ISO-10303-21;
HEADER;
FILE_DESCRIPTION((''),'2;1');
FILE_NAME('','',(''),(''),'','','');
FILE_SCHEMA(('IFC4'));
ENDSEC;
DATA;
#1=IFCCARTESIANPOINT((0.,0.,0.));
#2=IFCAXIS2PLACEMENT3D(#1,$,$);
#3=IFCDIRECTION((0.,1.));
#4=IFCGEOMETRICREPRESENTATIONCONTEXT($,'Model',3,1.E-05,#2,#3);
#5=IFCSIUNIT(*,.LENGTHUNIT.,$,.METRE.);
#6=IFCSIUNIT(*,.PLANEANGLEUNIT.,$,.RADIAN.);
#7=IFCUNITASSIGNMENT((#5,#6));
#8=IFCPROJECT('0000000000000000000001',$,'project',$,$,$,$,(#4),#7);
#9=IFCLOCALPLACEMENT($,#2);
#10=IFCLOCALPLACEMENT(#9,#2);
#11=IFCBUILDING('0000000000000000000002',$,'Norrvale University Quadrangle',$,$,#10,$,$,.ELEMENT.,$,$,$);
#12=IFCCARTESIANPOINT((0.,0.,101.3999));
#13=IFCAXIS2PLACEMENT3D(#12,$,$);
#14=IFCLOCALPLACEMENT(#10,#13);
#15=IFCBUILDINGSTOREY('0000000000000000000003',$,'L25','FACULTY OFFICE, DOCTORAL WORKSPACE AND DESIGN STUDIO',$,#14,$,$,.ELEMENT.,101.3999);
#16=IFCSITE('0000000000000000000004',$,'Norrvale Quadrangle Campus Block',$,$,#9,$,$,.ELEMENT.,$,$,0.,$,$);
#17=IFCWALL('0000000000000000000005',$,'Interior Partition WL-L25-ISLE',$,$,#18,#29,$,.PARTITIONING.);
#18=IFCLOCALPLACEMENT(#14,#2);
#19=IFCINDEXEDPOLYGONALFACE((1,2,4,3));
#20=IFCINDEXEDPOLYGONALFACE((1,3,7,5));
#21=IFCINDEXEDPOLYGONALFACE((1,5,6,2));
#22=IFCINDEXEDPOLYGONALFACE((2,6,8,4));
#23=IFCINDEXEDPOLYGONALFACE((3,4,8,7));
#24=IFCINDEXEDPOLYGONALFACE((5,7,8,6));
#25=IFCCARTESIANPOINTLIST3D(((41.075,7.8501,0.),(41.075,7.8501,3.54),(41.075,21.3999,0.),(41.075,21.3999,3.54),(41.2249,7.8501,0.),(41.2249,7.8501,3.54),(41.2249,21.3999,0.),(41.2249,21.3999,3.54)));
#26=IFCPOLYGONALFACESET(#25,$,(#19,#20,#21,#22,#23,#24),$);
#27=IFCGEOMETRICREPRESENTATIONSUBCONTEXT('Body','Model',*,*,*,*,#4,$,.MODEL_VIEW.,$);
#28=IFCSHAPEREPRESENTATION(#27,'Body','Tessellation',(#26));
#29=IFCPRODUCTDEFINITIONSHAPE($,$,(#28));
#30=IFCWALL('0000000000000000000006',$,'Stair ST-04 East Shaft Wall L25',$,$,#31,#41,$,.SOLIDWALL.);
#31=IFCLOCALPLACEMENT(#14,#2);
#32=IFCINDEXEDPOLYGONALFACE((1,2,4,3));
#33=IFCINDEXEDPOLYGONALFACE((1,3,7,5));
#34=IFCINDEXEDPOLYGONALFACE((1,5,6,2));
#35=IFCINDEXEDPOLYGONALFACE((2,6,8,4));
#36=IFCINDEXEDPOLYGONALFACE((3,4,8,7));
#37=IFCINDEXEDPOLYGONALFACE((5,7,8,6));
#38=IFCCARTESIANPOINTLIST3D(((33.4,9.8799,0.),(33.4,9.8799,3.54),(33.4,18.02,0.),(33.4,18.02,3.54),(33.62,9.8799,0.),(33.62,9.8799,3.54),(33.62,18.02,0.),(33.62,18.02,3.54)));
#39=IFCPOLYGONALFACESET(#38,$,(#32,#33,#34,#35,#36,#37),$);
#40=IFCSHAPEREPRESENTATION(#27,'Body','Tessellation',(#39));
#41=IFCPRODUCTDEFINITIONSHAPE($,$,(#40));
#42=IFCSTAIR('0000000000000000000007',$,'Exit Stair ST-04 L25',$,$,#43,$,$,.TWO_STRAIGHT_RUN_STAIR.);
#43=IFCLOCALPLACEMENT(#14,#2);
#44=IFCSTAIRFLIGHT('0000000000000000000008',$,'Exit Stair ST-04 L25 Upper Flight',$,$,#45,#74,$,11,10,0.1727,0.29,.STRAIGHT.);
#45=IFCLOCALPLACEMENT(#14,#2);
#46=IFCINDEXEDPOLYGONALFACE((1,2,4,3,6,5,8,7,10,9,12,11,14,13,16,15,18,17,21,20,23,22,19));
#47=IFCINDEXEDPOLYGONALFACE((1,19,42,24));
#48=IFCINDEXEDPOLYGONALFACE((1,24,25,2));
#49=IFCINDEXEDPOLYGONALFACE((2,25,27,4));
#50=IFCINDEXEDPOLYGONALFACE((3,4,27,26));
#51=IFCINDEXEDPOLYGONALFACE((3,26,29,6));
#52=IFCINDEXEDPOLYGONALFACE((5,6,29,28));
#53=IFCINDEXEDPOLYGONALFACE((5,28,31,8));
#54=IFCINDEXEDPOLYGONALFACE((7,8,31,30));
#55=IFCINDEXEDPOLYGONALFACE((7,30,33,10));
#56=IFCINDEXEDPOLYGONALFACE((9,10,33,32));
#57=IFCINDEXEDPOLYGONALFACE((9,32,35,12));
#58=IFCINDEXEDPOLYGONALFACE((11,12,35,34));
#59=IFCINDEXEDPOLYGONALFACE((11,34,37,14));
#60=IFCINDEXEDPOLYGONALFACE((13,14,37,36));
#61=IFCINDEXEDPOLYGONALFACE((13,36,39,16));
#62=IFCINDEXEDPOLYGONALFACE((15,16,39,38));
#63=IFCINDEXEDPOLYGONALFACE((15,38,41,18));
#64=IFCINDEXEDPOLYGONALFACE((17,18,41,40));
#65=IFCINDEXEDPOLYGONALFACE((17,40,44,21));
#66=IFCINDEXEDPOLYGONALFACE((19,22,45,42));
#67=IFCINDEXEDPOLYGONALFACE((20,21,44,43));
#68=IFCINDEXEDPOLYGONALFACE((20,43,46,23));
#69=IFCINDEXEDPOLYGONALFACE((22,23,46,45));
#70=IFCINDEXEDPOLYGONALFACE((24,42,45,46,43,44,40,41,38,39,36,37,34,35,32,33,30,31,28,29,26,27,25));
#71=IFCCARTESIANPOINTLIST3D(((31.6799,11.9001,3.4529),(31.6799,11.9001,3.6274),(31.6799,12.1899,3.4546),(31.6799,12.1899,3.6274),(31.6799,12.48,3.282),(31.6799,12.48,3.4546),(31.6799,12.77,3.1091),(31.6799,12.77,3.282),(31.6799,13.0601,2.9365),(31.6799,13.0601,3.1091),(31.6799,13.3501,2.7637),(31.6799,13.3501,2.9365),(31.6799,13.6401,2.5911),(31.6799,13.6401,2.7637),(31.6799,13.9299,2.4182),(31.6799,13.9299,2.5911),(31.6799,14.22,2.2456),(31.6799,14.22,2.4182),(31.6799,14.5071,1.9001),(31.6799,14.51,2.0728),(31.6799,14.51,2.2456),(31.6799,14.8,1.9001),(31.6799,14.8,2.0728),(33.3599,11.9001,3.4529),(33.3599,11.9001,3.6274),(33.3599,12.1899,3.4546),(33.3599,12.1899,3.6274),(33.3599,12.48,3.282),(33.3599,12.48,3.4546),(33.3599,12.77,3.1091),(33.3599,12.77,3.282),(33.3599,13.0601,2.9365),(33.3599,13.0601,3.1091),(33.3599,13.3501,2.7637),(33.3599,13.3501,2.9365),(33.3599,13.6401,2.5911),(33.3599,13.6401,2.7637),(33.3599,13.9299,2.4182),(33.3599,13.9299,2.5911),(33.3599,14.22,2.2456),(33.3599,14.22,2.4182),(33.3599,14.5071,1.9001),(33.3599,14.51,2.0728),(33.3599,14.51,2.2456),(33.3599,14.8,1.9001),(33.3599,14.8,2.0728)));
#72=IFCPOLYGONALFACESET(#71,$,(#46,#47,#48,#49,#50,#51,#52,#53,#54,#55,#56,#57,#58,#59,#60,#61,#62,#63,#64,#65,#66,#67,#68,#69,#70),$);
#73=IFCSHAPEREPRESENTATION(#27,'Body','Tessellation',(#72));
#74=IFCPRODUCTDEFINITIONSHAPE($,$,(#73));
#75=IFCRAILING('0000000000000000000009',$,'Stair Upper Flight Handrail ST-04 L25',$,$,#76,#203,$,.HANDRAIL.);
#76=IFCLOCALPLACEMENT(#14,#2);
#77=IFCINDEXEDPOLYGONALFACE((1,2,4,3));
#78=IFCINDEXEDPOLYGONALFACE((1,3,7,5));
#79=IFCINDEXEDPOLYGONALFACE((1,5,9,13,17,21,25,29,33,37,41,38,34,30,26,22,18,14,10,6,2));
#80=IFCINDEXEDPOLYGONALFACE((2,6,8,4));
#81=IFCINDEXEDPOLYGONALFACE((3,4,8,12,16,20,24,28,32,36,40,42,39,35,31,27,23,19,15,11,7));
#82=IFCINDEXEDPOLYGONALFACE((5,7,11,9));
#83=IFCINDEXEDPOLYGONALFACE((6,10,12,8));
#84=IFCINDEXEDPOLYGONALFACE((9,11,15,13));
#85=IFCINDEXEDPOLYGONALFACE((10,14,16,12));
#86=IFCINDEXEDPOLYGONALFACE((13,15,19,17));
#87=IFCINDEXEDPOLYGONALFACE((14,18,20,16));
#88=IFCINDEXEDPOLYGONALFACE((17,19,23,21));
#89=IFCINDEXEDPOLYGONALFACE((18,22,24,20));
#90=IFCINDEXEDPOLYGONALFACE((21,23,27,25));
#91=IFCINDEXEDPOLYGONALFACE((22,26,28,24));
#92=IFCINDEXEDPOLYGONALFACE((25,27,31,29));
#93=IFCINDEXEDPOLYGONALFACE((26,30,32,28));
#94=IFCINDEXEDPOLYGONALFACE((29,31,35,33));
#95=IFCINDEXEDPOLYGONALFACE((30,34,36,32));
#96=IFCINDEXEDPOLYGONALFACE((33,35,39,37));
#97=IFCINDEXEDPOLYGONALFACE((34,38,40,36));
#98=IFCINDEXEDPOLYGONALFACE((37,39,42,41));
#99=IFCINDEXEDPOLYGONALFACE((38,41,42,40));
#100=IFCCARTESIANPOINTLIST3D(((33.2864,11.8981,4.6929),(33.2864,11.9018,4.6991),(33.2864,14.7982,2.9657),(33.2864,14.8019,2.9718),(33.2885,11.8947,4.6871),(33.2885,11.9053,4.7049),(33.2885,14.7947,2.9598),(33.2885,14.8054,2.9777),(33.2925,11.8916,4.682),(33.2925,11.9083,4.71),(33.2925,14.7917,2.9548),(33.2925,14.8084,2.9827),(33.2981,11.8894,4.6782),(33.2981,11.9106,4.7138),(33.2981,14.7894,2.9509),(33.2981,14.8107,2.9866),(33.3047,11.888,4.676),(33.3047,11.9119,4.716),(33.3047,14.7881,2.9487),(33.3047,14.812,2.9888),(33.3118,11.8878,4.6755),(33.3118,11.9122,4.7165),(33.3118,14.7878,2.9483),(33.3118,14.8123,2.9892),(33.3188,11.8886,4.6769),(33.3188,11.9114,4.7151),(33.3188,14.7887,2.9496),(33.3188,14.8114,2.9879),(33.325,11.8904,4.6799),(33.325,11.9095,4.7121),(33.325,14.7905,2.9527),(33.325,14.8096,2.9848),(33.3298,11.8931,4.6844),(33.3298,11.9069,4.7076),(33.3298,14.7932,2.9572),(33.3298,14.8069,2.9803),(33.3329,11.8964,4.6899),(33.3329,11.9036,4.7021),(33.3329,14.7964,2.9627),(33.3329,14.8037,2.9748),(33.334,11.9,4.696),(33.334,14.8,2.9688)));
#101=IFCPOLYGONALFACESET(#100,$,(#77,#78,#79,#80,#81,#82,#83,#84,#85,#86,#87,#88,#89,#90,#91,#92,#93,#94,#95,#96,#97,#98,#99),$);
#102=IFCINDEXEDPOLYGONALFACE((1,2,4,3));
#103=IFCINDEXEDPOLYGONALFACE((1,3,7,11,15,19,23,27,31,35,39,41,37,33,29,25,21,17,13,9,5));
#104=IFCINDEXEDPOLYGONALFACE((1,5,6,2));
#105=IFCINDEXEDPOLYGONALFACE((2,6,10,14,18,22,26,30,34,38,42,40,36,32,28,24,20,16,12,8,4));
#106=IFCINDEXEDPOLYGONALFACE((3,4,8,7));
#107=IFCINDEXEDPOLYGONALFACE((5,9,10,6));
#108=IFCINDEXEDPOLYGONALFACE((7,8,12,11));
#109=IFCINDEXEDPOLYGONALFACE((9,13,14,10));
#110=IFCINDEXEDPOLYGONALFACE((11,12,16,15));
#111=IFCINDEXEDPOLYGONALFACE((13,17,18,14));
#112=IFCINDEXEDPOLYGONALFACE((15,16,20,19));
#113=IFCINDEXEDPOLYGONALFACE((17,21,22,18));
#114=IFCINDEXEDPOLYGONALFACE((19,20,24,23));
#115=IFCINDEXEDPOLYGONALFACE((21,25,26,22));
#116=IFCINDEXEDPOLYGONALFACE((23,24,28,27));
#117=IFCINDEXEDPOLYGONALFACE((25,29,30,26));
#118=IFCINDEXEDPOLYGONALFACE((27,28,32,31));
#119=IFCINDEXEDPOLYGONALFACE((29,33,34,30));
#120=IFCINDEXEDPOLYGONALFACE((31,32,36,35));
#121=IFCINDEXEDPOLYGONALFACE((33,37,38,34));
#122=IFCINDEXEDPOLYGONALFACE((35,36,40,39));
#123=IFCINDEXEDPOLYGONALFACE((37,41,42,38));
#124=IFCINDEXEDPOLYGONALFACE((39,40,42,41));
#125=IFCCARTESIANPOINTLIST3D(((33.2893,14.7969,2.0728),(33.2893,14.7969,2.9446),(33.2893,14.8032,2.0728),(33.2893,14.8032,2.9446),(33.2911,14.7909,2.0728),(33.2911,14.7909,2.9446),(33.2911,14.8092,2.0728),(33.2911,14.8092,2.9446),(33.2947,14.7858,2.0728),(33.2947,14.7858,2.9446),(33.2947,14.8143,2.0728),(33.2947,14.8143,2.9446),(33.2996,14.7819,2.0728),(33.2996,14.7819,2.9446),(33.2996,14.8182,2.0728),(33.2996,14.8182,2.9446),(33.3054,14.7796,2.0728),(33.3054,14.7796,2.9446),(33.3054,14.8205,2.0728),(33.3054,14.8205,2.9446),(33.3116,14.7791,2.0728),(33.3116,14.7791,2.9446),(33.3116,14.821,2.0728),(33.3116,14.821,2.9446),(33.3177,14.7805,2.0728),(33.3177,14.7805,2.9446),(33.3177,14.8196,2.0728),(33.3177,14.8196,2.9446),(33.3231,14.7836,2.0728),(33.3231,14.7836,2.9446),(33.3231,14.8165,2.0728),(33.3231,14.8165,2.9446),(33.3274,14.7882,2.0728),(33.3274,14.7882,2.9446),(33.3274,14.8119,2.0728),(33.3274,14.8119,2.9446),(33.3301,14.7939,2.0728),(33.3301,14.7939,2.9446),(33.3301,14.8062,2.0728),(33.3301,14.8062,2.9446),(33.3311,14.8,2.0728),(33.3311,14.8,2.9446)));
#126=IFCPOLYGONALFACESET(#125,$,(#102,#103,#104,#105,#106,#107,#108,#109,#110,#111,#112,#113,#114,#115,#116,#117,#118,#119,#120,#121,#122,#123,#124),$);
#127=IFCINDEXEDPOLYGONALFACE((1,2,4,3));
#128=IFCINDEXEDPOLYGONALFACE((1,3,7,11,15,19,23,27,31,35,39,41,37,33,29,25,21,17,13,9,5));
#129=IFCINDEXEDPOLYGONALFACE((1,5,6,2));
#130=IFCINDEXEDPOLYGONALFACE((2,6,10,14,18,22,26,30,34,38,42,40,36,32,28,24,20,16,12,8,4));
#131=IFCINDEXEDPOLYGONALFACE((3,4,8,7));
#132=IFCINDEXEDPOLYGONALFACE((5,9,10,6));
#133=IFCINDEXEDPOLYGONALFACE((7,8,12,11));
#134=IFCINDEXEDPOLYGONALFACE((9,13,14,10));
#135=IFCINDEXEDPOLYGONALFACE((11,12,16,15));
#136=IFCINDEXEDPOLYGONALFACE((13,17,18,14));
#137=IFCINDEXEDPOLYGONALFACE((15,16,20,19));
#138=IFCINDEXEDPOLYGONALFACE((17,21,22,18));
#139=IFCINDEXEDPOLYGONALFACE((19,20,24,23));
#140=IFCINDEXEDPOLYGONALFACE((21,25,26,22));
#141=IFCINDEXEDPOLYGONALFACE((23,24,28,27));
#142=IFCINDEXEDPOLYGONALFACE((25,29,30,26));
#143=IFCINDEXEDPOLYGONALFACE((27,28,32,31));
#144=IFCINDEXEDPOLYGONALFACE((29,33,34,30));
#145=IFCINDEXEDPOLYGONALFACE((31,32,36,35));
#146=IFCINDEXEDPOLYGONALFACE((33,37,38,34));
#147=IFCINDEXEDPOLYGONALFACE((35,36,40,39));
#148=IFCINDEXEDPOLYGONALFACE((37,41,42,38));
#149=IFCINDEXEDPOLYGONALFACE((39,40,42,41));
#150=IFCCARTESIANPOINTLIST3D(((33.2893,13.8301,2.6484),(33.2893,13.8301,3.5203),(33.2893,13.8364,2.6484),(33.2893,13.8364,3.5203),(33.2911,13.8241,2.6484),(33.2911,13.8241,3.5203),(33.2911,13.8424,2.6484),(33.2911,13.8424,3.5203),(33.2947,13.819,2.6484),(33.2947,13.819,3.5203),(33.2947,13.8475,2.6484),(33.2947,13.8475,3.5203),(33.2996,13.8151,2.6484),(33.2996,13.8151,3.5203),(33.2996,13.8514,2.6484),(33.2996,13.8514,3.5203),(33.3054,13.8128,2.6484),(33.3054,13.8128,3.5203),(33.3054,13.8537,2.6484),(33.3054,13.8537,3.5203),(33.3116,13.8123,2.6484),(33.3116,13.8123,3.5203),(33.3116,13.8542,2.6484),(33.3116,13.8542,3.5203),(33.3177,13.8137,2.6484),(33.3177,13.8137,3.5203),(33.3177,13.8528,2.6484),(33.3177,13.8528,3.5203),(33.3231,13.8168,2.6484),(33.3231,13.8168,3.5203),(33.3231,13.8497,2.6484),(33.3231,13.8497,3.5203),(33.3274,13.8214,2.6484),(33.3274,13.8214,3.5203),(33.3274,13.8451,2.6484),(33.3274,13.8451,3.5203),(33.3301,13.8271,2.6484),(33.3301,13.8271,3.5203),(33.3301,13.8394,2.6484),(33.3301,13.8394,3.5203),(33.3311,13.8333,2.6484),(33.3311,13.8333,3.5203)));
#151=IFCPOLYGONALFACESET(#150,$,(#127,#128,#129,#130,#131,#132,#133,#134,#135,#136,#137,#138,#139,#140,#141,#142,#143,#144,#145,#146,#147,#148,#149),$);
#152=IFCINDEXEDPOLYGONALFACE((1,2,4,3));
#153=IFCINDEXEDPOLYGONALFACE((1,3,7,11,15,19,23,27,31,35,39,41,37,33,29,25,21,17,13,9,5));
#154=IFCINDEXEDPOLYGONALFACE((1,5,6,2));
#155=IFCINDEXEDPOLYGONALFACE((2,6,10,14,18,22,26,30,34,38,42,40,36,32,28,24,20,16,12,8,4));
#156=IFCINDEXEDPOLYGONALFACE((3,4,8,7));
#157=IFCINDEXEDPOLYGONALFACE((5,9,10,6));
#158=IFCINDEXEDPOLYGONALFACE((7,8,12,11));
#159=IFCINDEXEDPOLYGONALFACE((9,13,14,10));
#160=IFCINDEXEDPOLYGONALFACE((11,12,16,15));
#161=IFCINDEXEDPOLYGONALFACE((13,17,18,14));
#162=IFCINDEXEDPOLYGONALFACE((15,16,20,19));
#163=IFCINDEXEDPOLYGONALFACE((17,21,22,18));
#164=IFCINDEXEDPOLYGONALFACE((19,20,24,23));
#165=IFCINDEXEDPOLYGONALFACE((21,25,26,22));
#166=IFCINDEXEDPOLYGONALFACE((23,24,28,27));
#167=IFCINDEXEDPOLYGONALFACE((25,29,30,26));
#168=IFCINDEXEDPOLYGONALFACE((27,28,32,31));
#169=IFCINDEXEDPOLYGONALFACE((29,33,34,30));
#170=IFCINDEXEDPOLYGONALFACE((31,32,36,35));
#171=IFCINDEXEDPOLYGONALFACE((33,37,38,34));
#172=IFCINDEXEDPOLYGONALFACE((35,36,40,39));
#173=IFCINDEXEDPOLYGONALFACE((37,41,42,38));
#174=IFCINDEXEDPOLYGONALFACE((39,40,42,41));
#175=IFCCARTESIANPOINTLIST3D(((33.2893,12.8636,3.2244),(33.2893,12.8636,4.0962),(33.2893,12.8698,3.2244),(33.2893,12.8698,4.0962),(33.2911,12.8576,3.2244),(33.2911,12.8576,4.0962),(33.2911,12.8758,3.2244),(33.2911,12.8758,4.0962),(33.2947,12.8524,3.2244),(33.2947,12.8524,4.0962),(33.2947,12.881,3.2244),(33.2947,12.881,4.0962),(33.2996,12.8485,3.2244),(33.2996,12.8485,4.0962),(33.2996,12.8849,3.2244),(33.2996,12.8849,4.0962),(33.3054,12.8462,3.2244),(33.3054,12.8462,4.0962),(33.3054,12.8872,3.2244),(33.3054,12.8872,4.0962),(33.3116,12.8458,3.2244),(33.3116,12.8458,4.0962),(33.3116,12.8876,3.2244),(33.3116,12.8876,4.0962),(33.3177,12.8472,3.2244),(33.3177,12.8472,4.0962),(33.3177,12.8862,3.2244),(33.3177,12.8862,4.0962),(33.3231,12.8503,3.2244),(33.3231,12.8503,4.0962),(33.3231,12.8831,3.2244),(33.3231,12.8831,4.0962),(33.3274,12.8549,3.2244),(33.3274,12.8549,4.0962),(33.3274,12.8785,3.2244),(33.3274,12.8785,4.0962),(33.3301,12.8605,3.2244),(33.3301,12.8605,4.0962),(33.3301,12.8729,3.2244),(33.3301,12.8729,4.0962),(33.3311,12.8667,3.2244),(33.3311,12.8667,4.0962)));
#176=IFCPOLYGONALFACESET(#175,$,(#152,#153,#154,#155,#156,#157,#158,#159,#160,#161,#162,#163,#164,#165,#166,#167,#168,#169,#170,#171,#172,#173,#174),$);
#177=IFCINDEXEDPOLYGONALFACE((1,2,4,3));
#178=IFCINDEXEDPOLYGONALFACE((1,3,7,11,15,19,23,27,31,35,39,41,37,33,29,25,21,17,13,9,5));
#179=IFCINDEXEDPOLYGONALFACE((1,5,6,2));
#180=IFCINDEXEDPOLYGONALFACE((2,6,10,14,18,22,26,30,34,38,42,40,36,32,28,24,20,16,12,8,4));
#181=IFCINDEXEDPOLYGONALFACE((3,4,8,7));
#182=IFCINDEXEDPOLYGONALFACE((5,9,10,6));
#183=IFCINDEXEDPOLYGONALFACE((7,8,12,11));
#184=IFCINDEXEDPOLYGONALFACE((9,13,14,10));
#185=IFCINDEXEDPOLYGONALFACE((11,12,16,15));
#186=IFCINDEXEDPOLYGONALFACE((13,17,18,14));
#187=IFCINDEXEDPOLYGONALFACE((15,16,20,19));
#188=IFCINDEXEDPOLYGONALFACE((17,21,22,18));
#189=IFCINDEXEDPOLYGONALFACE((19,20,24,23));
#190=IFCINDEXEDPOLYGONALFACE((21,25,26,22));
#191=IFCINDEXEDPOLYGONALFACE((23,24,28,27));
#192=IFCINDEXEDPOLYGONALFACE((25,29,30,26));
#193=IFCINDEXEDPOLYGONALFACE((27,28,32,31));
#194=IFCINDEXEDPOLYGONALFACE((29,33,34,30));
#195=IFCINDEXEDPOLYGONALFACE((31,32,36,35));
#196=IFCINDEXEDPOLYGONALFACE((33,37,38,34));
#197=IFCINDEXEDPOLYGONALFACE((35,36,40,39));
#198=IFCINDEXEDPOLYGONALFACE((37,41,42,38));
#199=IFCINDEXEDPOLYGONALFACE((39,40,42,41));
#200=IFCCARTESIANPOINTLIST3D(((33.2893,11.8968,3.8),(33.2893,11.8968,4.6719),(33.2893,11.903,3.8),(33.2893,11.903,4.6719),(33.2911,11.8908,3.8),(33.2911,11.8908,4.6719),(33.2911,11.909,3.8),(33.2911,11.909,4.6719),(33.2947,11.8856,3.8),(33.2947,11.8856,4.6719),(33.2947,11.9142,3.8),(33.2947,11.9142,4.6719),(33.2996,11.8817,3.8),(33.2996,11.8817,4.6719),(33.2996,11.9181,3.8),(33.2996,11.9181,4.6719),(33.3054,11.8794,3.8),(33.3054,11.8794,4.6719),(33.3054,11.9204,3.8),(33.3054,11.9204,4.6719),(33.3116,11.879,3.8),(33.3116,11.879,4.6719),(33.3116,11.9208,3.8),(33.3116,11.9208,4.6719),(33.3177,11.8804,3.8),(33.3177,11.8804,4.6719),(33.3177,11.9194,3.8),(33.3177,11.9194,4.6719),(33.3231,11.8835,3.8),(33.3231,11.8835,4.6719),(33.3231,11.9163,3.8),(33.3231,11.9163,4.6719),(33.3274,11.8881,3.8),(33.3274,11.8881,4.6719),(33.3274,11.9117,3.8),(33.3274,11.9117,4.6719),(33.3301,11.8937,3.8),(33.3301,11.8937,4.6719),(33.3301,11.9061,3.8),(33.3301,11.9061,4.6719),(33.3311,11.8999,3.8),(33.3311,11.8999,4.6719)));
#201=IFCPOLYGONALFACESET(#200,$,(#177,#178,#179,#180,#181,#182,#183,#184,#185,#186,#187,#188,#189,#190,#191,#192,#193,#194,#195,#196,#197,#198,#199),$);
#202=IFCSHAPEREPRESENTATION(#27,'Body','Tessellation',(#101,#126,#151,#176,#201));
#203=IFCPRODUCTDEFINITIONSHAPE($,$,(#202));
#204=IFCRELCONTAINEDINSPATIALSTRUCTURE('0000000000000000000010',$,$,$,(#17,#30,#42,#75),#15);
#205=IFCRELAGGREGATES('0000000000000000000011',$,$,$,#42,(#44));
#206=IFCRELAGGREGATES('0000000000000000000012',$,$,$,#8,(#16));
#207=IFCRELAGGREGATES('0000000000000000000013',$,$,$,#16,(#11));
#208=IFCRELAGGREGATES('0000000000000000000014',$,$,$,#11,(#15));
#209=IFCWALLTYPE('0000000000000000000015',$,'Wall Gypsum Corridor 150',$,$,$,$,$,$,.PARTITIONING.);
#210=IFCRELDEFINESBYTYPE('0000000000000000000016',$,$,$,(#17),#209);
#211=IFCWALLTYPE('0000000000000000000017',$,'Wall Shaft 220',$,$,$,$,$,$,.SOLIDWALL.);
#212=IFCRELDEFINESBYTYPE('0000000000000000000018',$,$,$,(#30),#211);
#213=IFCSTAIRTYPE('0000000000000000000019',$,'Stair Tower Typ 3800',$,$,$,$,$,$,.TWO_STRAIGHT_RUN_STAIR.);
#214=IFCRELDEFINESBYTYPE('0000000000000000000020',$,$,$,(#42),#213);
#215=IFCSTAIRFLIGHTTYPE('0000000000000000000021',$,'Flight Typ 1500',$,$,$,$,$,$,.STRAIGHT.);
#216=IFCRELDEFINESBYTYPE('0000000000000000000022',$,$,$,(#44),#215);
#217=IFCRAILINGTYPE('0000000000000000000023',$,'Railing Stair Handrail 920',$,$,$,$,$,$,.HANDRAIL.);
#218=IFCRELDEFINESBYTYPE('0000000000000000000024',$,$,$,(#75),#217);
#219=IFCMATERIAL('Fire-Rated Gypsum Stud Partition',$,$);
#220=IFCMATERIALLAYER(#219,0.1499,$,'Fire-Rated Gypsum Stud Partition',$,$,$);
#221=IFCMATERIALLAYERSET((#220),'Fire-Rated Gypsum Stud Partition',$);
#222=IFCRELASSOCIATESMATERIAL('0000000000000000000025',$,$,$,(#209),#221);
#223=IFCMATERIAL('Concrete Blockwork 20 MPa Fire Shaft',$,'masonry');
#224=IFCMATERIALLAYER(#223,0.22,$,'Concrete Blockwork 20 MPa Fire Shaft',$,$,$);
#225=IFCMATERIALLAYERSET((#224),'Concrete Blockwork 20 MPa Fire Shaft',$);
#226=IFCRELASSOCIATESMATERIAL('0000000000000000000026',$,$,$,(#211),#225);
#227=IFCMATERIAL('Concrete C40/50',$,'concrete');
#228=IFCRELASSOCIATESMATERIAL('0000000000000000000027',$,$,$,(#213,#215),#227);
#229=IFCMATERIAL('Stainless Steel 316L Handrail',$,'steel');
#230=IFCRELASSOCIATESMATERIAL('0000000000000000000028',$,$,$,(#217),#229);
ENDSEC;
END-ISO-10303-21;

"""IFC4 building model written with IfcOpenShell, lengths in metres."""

from ifc_helpers import new_model, si_unit, direction, frame, frame_2d, origin, origin_2d, place, context, subcontext, project, spatial, polyline, rectangle, circle, outline, extrude, material, layer, layer_set, type_object, element, aggregate, save


model = new_model("IFC4")

# Units and contexts
model_context = context("Model", 3, precision=1e-05, world=origin(), true_north=direction((0.0, 1.0)))
body_context = subcontext(model_context, "Body", "Model", "MODEL_VIEW")
ifc_project = project(units=[si_unit("LENGTHUNIT", "METRE"), si_unit("PLANEANGLEUNIT", "RADIAN")], contexts=[model_context])

# Site, building, storey
site_placement = place(None, origin())
site = spatial("IfcSite", under=ifc_project, at=site_placement, Name="Norrvale Quadrangle Campus Block", CompositionType="ELEMENT", RefElevation=0.0)
building_placement = place(site_placement, origin())
building = spatial("IfcBuilding", under=site, at=building_placement, Name="Norrvale University Quadrangle", CompositionType="ELEMENT")
storey_placement = place(building_placement, frame((0.0, 0.0, 101.3999)))
storey = spatial("IfcBuildingStorey", under=building, at=storey_placement, Name="L25", Description="FACULTY OFFICE, DOCTORAL WORKSPACE AND DESIGN STUDIO", CompositionType="ELEMENT", Elevation=101.3999)

# Shared definitions
ifc_material_1 = material(Name="Fire-Rated Gypsum Stud Partition")
ifc_layer_1 = layer(ifc_material_1, 0.1499, Name="Fire-Rated Gypsum Stud Partition")
ifc_layer_set_1 = layer_set([ifc_layer_1], Name="Fire-Rated Gypsum Stud Partition")
wall_type_1 = type_object("IfcWallType", Name="Wall Gypsum Corridor 150", PredefinedType="PARTITIONING", material=ifc_layer_set_1)

# Walls
wall_1_placement = place(storey_placement, frame((41.1499, 7.8501, 0.0), z_axis=(0.0, 0.0, 1.0), x_axis=(0.0, 1.0, 0.0)))
element("IfcWall", 1, at=wall_1_placement, inside=storey, type_object=wall_type_1, Name="Interior Partition WL-L25-ISLE", PredefinedType="PARTITIONING", context=body_context, shape_type="SweptSolid", body=[
    extrude(rectangle(XDim=13.5498, YDim=0.1499, at=frame_2d((6.7749, 0.0))), origin(), (0.0, 0.0, 1.0), 3.54),
])
ifc_material_2 = material(Name="Concrete Blockwork 20 MPa Fire Shaft", Category="masonry")
ifc_layer_2 = layer(ifc_material_2, 0.22, Name="Concrete Blockwork 20 MPa Fire Shaft")
ifc_layer_set_2 = layer_set([ifc_layer_2], Name="Concrete Blockwork 20 MPa Fire Shaft")
wall_type_2 = type_object("IfcWallType", Name="Wall Shaft 220", PredefinedType="SOLIDWALL", material=ifc_layer_set_2)
wall_2_placement = place(storey_placement, frame((33.51, 9.8799, 0.0), z_axis=(0.0, 0.0, 1.0), x_axis=(0.0, 1.0, 0.0)))
element("IfcWall", 2, at=wall_2_placement, inside=storey, type_object=wall_type_2, Name="Stair ST-04 East Shaft Wall L25", PredefinedType="SOLIDWALL", context=body_context, shape_type="SweptSolid", body=[
    extrude(rectangle(XDim=8.1401, YDim=0.22, at=frame_2d((4.0701, 0.0))), origin(), (0.0, 0.0, 1.0), 3.54),
])

# Stair, stair flight
ifc_material_3 = material(Name="Concrete C40/50", Category="concrete")
stair_type = type_object("IfcStairType", Name="Stair Tower Typ 3800", PredefinedType="TWO_STRAIGHT_RUN_STAIR", material=ifc_material_3)
stair_placement = place(storey_placement, origin())
stair = element("IfcStair", 3, at=stair_placement, inside=storey, type_object=stair_type, Name="Exit Stair ST-04 L25", PredefinedType="TWO_STRAIGHT_RUN_STAIR")
stair_flight_type = type_object("IfcStairFlightType", Name="Flight Typ 1500", PredefinedType="STRAIGHT", material=ifc_material_3)
stair_flight_placement = place(storey_placement, frame((32.52, 14.8, 1.9001), z_axis=(0.0, 0.0, 1.0), x_axis=(0.0, -1.0, 0.0)))
stair_flight = element("IfcStairFlight", 4, at=stair_flight_placement, type_object=stair_flight_type, Name="Exit Stair ST-04 L25 Upper Flight", NumberOfRisers=11, NumberOfTreads=10, PredefinedType="STRAIGHT", RiserHeight=0.1727, TreadLength=0.29, context=body_context, shape_type="SweptSolid", body=[
    extrude(outline(polyline([(0.0, 0.0), (0.0, 0.1726), (0.29, 0.1726), (0.29, 0.3455), (0.5801, 0.3455), (0.5801, 0.5181), (0.8701, 0.5181), (0.8701, 0.6909), (1.1599, 0.6909), (1.1599, 0.8635), (1.45, 0.8635), (1.45, 1.0364), (1.74, 1.0364), (1.74, 1.209), (2.03, 1.209), (2.03, 1.3818), (2.3201, 1.3818), (2.3201, 1.5544), (2.6101, 1.5544), (2.6101, 1.7273), (2.8999, 1.7273), (2.8999, 1.8999), (2.8999, 1.5527), (0.293, 0.0), (0.0, 0.0)])), frame((0.0, 0.8398, 0.0), z_axis=(0.0, -1.0, 0.0), x_axis=(1.0, 0.0, 0.0)), (0.0, 0.0, 1.0), 1.6799),
])
aggregate(stair, [stair_flight])

# Railing
ifc_material_4 = material(Name="Stainless Steel 316L Handrail", Category="steel")
railing_type = type_object("IfcRailingType", Name="Railing Stair Handrail 920", PredefinedType="HANDRAIL", material=ifc_material_4)
railing_placement = place(storey_placement, frame((33.3101, 14.8, 2.0728)))
element("IfcRailing", 5, at=railing_placement, inside=storey, type_object=railing_type, Name="Stair Upper Flight Handrail ST-04 L25", PredefinedType="HANDRAIL", context=body_context, shape_type="SweptSolid", body=[
    extrude(circle(Radius=0.0239, at=origin_2d()), frame((0.0, 0.0, 0.896), z_axis=(0.0, -0.85916, 0.511706), x_axis=(1.0, 0.0, 0.0)), (0.0, 0.0, 1.0), 3.3755),
    extrude(circle(Radius=0.021, at=origin_2d()), origin(), (0.0, 0.0, 1.0), 0.8718),
    extrude(circle(Radius=0.021, at=origin_2d()), frame((0.0, -0.9668, 0.5757)), (0.0, 0.0, 1.0), 0.8718),
    extrude(circle(Radius=0.021, at=origin_2d()), frame((0.0, -1.9333, 1.1516)), (0.0, 0.0, 1.0), 0.8718),
    extrude(circle(Radius=0.021, at=origin_2d()), frame((0.0, -2.9001, 1.7273)), (0.0, 0.0, 1.0), 0.8718),
])

save(model, "model.ifc")
